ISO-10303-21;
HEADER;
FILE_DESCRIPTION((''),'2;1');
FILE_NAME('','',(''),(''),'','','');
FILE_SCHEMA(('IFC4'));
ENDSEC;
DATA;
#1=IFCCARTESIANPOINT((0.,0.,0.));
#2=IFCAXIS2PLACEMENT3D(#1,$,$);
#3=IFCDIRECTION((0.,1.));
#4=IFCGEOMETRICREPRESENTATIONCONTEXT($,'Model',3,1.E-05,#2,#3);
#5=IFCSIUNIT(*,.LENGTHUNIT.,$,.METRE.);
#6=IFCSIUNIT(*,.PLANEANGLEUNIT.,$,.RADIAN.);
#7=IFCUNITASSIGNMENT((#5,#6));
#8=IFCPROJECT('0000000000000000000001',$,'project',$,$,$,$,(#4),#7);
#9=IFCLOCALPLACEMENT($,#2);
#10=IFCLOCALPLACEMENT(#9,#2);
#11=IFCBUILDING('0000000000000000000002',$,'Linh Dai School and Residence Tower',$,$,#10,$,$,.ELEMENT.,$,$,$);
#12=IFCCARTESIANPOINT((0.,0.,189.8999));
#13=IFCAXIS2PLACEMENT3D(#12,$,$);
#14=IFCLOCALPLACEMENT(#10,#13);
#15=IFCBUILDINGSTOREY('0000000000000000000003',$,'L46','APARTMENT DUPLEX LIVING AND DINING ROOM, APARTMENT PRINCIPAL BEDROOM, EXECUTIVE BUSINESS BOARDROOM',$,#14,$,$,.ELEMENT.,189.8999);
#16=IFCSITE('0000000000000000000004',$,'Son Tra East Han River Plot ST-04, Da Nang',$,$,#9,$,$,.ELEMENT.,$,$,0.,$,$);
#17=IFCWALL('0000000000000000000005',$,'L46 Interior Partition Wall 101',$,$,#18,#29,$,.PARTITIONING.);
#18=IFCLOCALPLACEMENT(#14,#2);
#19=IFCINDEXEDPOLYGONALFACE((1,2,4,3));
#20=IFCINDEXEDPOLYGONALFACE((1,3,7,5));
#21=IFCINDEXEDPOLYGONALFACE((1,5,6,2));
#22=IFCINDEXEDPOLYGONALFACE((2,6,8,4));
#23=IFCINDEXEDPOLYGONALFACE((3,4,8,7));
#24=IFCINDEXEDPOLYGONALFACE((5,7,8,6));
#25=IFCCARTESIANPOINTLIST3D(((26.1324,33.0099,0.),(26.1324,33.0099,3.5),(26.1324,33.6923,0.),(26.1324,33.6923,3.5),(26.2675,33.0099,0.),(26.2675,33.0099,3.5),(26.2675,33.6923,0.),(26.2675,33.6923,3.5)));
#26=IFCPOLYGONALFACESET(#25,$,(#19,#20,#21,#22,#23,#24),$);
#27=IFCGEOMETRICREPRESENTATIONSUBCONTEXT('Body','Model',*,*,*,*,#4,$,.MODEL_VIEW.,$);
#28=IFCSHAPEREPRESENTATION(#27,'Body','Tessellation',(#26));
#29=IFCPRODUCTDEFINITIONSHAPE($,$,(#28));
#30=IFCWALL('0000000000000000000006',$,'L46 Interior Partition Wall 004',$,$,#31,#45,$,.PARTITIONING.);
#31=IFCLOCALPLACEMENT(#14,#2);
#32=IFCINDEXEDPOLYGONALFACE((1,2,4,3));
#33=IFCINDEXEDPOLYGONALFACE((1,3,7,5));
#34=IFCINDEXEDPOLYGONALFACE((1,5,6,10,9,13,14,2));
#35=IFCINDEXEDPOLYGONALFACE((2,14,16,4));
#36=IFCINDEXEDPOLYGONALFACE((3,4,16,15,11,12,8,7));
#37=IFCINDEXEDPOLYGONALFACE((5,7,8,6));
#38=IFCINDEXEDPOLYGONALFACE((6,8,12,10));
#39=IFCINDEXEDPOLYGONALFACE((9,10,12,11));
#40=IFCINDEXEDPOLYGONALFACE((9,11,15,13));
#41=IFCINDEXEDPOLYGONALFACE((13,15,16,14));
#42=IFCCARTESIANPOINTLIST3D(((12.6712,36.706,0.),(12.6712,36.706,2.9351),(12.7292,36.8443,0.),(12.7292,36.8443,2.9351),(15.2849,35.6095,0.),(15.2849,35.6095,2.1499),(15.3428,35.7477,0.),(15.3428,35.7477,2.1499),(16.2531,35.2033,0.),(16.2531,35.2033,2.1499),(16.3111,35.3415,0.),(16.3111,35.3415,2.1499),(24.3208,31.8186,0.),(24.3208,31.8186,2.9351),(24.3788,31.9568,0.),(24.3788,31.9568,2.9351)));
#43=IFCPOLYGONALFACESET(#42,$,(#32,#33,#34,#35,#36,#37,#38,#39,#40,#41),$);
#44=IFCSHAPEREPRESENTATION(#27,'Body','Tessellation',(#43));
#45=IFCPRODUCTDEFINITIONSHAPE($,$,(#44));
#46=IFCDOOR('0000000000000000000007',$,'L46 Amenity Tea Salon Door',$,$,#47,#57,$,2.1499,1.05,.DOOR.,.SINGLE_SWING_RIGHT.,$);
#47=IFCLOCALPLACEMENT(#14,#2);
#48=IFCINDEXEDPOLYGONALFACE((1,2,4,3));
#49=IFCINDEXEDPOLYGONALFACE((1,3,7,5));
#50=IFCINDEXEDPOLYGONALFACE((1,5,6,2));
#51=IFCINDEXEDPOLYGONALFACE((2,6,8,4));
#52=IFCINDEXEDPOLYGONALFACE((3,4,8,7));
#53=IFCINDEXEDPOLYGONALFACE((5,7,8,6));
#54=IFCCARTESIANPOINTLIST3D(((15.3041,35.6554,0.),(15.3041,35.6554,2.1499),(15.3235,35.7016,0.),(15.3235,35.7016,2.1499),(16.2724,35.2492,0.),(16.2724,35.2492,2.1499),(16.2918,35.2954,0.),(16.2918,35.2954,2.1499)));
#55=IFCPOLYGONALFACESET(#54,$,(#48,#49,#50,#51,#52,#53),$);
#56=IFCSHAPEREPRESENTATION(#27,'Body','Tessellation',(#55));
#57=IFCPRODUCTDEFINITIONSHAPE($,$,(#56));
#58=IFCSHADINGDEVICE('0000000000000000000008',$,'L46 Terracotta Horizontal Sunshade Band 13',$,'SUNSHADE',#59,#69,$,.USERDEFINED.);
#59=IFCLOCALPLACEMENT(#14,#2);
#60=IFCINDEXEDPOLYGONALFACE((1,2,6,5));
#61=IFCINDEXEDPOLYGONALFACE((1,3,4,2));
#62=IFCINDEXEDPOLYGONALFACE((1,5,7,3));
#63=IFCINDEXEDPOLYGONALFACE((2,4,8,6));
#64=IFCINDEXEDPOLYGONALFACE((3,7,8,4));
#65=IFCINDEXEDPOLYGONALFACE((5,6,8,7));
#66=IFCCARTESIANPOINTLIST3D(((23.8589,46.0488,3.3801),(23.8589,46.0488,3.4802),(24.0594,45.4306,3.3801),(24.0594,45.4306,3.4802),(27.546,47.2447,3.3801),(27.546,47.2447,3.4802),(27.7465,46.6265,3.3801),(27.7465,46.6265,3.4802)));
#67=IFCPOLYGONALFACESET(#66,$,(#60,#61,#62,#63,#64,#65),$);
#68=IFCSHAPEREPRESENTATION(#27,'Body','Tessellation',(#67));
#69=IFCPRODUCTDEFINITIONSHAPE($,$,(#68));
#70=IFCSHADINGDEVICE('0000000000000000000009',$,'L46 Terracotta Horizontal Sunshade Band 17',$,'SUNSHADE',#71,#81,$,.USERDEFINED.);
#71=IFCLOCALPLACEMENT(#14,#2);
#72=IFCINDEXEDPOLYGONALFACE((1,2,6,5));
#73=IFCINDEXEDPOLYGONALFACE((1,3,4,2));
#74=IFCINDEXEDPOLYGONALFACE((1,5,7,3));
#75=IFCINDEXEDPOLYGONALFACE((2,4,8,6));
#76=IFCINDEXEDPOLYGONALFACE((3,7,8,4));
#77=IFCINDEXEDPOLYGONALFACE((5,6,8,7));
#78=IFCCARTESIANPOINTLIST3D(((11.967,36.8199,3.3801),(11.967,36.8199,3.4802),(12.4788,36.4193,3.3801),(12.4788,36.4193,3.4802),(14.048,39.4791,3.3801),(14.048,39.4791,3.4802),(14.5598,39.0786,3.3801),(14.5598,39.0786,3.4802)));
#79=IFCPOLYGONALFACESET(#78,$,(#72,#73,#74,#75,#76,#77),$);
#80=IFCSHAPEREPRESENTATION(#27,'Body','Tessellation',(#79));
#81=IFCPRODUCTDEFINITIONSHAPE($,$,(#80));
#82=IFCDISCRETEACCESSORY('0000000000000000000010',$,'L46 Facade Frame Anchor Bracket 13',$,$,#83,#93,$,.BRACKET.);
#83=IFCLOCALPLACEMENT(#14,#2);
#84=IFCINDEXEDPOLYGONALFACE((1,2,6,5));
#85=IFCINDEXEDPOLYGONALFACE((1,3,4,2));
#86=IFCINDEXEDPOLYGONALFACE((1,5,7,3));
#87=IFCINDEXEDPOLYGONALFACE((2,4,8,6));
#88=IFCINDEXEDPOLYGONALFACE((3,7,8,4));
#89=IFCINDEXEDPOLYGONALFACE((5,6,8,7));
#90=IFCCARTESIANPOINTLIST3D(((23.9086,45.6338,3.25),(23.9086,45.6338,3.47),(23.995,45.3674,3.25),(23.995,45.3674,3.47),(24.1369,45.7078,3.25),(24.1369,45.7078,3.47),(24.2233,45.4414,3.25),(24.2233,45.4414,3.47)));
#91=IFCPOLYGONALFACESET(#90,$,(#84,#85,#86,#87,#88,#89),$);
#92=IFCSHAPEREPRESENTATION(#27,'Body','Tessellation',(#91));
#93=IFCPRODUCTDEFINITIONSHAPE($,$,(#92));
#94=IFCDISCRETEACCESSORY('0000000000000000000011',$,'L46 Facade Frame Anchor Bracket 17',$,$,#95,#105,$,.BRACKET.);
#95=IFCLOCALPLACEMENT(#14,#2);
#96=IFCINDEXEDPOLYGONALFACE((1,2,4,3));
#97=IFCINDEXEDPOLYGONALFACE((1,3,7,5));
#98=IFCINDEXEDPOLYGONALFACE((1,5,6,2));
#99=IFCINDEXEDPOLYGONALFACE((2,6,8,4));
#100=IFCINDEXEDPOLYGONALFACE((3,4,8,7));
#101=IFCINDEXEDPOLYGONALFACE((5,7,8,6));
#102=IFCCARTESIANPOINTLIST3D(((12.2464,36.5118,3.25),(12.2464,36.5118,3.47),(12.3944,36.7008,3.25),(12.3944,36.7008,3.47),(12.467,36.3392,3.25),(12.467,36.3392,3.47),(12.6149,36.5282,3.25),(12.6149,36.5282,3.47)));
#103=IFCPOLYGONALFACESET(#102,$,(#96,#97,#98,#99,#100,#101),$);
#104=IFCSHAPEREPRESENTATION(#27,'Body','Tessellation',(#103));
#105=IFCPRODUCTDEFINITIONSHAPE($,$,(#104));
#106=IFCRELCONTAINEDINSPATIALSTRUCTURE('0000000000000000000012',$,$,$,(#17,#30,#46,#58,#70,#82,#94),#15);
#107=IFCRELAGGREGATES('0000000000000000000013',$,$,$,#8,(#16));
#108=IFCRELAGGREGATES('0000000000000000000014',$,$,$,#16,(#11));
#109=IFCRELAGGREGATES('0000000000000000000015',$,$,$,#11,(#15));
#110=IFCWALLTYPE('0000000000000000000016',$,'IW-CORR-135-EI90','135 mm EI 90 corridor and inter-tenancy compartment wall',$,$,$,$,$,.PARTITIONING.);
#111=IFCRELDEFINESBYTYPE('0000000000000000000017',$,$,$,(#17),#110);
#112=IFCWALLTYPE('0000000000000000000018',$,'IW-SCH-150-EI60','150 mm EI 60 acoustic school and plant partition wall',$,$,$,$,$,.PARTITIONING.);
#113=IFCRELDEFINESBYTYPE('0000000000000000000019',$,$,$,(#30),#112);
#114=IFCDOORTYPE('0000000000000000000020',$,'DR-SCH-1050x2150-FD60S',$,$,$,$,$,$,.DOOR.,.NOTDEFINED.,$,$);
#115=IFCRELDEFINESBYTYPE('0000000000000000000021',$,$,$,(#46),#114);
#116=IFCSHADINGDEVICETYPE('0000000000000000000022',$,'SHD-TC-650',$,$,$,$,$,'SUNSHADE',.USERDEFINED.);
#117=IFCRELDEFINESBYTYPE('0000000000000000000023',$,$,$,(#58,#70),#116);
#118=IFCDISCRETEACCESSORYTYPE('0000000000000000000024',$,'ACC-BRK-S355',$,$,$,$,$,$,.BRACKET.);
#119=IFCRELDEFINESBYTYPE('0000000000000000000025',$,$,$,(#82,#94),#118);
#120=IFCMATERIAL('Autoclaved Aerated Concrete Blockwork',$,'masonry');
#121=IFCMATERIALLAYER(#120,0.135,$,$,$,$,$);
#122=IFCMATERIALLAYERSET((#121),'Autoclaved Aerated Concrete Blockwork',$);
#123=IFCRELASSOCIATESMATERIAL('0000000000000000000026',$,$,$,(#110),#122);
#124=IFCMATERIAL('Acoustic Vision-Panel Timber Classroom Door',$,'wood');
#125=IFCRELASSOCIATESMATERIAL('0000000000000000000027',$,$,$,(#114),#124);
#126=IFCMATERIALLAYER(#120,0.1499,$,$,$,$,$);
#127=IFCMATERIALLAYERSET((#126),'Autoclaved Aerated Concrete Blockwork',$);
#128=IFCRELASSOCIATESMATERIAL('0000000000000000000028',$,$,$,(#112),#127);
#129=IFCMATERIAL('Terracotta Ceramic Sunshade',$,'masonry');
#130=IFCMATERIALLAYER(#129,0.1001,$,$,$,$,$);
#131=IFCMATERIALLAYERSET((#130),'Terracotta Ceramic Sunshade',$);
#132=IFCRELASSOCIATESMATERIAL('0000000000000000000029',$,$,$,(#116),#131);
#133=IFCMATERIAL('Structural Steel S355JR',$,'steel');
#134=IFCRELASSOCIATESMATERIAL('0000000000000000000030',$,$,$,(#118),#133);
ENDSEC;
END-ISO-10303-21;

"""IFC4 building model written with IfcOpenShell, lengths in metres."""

from ifc_helpers import new_model, si_unit, direction, frame, frame_2d, origin, origin_2d, place, context, subcontext, project, spatial, rectangle, extrude, source, transform, mapped, material, layer, layer_set, type_object, element, fill, save


model = new_model("IFC4")

# Units and contexts
model_context = context("Model", 3, precision=1e-05, world=origin(), true_north=direction((0.0, 1.0)))
body_context = subcontext(model_context, "Body", "Model", "MODEL_VIEW")
ifc_project = project(units=[si_unit("LENGTHUNIT", "METRE"), si_unit("PLANEANGLEUNIT", "RADIAN")], contexts=[model_context])

# Site, building, storey
site_placement = place(None, origin())
site = spatial("IfcSite", under=ifc_project, at=site_placement, Name="Son Tra East Han River Plot ST-04, Da Nang", CompositionType="ELEMENT", RefElevation=0.0)
building_placement = place(site_placement, origin())
building = spatial("IfcBuilding", under=site, at=building_placement, Name="Linh Dai School and Residence Tower", CompositionType="ELEMENT")
storey_placement = place(building_placement, frame((0.0, 0.0, 189.8999)))
storey = spatial("IfcBuildingStorey", under=building, at=storey_placement, Name="L46", Description="APARTMENT DUPLEX LIVING AND DINING ROOM, APARTMENT PRINCIPAL BEDROOM, EXECUTIVE BUSINESS BOARDROOM", CompositionType="ELEMENT", Elevation=189.8999)

# Shared definitions
ifc_material_1 = material(Name="Structural Steel S355JR", Category="steel")

# Shared definitions
ifc_material_2 = material(Name="Autoclaved Aerated Concrete Blockwork", Category="masonry")
ifc_layer_1 = layer(ifc_material_2, 0.135)
ifc_layer_set_1 = layer_set([ifc_layer_1], Name="Autoclaved Aerated Concrete Blockwork")
wall_type_1 = type_object("IfcWallType", Name="IW-CORR-135-EI90", Description="135 mm EI 90 corridor and inter-tenancy compartment wall", PredefinedType="PARTITIONING", material=ifc_layer_set_1)
ifc_material_3 = material(Name="Acoustic Vision-Panel Timber Classroom Door", Category="wood")
door_type = type_object("IfcDoorType", Name="DR-SCH-1050x2150-FD60S", OperationType="NOTDEFINED", PredefinedType="DOOR", material=ifc_material_3)
shared_shape_1 = source(origin(), body_context, "Body", "SweptSolid", [
    extrude(rectangle(XDim=1.05, YDim=2.1499, at=origin_2d()), frame((0.5249, 0.0249, 1.075), z_axis=(0.0, -1.0, 0.0), x_axis=(1.0, 0.0, 0.0)), (0.0, 0.0, 1.0), 0.05),
])

# Wall
wall_1_placement = place(storey_placement, frame((26.2, 33.6924, 0.0), z_axis=(0.0, 0.0, 1.0), x_axis=(0.0, -1.0, 0.0)))
element("IfcWall", 1, at=wall_1_placement, inside=storey, type_object=wall_type_1, Name="L46 Interior Partition Wall 101", PredefinedType="PARTITIONING", context=body_context, shape_type="SweptSolid", body=[
    extrude(rectangle(XDim=0.6824, YDim=0.135, at=frame_2d((0.3413, 0.0))), origin(), (0.0, 0.0, 1.0), 3.5),
])

# Wall, opening, door
ifc_layer_2 = layer(ifc_material_2, 0.1499)
ifc_layer_set_2 = layer_set([ifc_layer_2], Name="Autoclaved Aerated Concrete Blockwork")
wall_type_2 = type_object("IfcWallType", Name="IW-SCH-150-EI60", Description="150 mm EI 60 acoustic school and plant partition wall", PredefinedType="PARTITIONING", material=ifc_layer_set_2)
wall_2_placement = place(storey_placement, frame((12.7002, 36.7751, 0.0), z_axis=(0.0, 0.0, 1.0), x_axis=(0.922135, -0.386869, 0.0)))
wall_2 = element("IfcWall", 2, at=wall_2_placement, inside=storey, type_object=wall_type_2, Name="L46 Interior Partition Wall 004", PredefinedType="PARTITIONING", context=body_context, shape_type="SweptSolid", body=[
    extrude(rectangle(XDim=12.6333, YDim=0.1499, at=frame_2d((6.3167, 0.0))), origin(), (0.0, 0.0, 1.0), 2.9351),
])
opening_1_placement = place(wall_2_placement, frame((2.8345, 0.0, 0.0)))
opening_1 = element("IfcOpeningElement", 3, at=opening_1_placement, cuts=wall_2, PredefinedType="OPENING", context=body_context, shape_type="SweptSolid", body=[
    extrude(rectangle(XDim=1.05, YDim=2.1499, at=origin_2d()), frame((0.5249, 0.085, 1.075), z_axis=(0.0, -1.0, 0.0), x_axis=(1.0, 0.0, 0.0)), (0.0, 0.0, 1.0), 0.1699),
])
door_1_placement = place(opening_1_placement, origin())
door_1 = element("IfcDoor", 4, at=door_1_placement, inside=storey, type_object=door_type, Name="L46 Amenity Tea Salon Door", OperationType="SINGLE_SWING_RIGHT", OverallHeight=2.1499, OverallWidth=1.05, PredefinedType="DOOR", context=body_context, shape_type="MappedRepresentation", body=[
    mapped(shared_shape_1, transform((0.0, 0.0, 0.0), x_axis=(1.0, 0.0, 0.0), y_axis=(0.0, 1.0, 0.0), z_axis=(0.0, 0.0, 1.0), scale=1.0)),
])
fill(opening_1, door_1)

# Shading devices
ifc_material_4 = material(Name="Terracotta Ceramic Sunshade", Category="masonry")
ifc_layer_3 = layer(ifc_material_4, 0.1001)
ifc_layer_set_3 = layer_set([ifc_layer_3], Name="Terracotta Ceramic Sunshade")
shading_device_type = type_object("IfcShadingDeviceType", Name="SHD-TC-650", ElementType="SUNSHADE", PredefinedType="USERDEFINED", material=ifc_layer_set_3)
shared_shape_2 = source(origin(), body_context, "Body", "SweptSolid", [
    extrude(rectangle(XDim=3.8762, YDim=0.6499, at=origin_2d()), origin(), (0.0, 0.0, 1.0), 0.1001),
])
shading_device_1_placement = place(storey_placement, frame((25.8027, 46.3376, 3.3801), z_axis=(0.0, 0.0, 1.0), x_axis=(0.951213, 0.308536, 0.0)))
element("IfcShadingDevice", 5, at=shading_device_1_placement, inside=storey, type_object=shading_device_type, Name="L46 Terracotta Horizontal Sunshade Band 13", ObjectType="SUNSHADE", PredefinedType="USERDEFINED", context=body_context, shape_type="MappedRepresentation", body=[
    mapped(shared_shape_2, transform((0.0, 0.0, 0.0), x_axis=(1.0, 0.0, 0.0), y_axis=(0.0, 1.0, 0.0), z_axis=(0.0, 0.0, 1.0), scale=1.0)),
])
shared_shape_3 = source(origin(), body_context, "Body", "SweptSolid", [
    extrude(rectangle(XDim=3.3767, YDim=0.6499, at=origin_2d()), origin(), (0.0, 0.0, 1.0), 0.1001),
])
shading_device_2_placement = place(storey_placement, frame((13.2634, 37.9492, 3.3801), z_axis=(0.0, 0.0, 1.0), x_axis=(0.616286, 0.787522, 0.0)))
element("IfcShadingDevice", 6, at=shading_device_2_placement, inside=storey, type_object=shading_device_type, Name="L46 Terracotta Horizontal Sunshade Band 17", ObjectType="SUNSHADE", PredefinedType="USERDEFINED", context=body_context, shape_type="MappedRepresentation", body=[
    mapped(shared_shape_3, transform((0.0, 0.0, 0.0), x_axis=(1.0, 0.0, 0.0), y_axis=(0.0, 1.0, 0.0), z_axis=(0.0, 0.0, 1.0), scale=1.0)),
])

# Discrete accessories
discrete_accessory_type = type_object("IfcDiscreteAccessoryType", Name="ACC-BRK-S355", PredefinedType="BRACKET", material=ifc_material_1)
shared_shape_4 = source(origin(), body_context, "Body", "SweptSolid", [
    extrude(rectangle(XDim=0.28, YDim=0.24, at=origin_2d()), origin(), (0.0, 0.0, 1.0), 0.22),
])
for number, where, z_axis, x_axis, name in (
    (7, (24.0659, 45.5376, 3.25), (0.0, 0.0, 1.0), (-0.308536, 0.951213, 0.0), "L46 Facade Frame Anchor Bracket 13"),
    (8, (12.4307, 36.52, 3.25), (0.0, 0.0, 1.0), (-0.787522, 0.616286, 0.0), "L46 Facade Frame Anchor Bracket 17"),
):
    element("IfcDiscreteAccessory", number, at=place(storey_placement, frame(where, z_axis=z_axis, x_axis=x_axis)), inside=storey, type_object=discrete_accessory_type, Name=name, PredefinedType="BRACKET", context=body_context, shape_type="MappedRepresentation", body=[
        mapped(shared_shape_4, transform((0.0, 0.0, 0.0), x_axis=(1.0, 0.0, 0.0), y_axis=(0.0, 1.0, 0.0), z_axis=(0.0, 0.0, 1.0), scale=1.0)),
    ])

save(model, "model.ifc")
